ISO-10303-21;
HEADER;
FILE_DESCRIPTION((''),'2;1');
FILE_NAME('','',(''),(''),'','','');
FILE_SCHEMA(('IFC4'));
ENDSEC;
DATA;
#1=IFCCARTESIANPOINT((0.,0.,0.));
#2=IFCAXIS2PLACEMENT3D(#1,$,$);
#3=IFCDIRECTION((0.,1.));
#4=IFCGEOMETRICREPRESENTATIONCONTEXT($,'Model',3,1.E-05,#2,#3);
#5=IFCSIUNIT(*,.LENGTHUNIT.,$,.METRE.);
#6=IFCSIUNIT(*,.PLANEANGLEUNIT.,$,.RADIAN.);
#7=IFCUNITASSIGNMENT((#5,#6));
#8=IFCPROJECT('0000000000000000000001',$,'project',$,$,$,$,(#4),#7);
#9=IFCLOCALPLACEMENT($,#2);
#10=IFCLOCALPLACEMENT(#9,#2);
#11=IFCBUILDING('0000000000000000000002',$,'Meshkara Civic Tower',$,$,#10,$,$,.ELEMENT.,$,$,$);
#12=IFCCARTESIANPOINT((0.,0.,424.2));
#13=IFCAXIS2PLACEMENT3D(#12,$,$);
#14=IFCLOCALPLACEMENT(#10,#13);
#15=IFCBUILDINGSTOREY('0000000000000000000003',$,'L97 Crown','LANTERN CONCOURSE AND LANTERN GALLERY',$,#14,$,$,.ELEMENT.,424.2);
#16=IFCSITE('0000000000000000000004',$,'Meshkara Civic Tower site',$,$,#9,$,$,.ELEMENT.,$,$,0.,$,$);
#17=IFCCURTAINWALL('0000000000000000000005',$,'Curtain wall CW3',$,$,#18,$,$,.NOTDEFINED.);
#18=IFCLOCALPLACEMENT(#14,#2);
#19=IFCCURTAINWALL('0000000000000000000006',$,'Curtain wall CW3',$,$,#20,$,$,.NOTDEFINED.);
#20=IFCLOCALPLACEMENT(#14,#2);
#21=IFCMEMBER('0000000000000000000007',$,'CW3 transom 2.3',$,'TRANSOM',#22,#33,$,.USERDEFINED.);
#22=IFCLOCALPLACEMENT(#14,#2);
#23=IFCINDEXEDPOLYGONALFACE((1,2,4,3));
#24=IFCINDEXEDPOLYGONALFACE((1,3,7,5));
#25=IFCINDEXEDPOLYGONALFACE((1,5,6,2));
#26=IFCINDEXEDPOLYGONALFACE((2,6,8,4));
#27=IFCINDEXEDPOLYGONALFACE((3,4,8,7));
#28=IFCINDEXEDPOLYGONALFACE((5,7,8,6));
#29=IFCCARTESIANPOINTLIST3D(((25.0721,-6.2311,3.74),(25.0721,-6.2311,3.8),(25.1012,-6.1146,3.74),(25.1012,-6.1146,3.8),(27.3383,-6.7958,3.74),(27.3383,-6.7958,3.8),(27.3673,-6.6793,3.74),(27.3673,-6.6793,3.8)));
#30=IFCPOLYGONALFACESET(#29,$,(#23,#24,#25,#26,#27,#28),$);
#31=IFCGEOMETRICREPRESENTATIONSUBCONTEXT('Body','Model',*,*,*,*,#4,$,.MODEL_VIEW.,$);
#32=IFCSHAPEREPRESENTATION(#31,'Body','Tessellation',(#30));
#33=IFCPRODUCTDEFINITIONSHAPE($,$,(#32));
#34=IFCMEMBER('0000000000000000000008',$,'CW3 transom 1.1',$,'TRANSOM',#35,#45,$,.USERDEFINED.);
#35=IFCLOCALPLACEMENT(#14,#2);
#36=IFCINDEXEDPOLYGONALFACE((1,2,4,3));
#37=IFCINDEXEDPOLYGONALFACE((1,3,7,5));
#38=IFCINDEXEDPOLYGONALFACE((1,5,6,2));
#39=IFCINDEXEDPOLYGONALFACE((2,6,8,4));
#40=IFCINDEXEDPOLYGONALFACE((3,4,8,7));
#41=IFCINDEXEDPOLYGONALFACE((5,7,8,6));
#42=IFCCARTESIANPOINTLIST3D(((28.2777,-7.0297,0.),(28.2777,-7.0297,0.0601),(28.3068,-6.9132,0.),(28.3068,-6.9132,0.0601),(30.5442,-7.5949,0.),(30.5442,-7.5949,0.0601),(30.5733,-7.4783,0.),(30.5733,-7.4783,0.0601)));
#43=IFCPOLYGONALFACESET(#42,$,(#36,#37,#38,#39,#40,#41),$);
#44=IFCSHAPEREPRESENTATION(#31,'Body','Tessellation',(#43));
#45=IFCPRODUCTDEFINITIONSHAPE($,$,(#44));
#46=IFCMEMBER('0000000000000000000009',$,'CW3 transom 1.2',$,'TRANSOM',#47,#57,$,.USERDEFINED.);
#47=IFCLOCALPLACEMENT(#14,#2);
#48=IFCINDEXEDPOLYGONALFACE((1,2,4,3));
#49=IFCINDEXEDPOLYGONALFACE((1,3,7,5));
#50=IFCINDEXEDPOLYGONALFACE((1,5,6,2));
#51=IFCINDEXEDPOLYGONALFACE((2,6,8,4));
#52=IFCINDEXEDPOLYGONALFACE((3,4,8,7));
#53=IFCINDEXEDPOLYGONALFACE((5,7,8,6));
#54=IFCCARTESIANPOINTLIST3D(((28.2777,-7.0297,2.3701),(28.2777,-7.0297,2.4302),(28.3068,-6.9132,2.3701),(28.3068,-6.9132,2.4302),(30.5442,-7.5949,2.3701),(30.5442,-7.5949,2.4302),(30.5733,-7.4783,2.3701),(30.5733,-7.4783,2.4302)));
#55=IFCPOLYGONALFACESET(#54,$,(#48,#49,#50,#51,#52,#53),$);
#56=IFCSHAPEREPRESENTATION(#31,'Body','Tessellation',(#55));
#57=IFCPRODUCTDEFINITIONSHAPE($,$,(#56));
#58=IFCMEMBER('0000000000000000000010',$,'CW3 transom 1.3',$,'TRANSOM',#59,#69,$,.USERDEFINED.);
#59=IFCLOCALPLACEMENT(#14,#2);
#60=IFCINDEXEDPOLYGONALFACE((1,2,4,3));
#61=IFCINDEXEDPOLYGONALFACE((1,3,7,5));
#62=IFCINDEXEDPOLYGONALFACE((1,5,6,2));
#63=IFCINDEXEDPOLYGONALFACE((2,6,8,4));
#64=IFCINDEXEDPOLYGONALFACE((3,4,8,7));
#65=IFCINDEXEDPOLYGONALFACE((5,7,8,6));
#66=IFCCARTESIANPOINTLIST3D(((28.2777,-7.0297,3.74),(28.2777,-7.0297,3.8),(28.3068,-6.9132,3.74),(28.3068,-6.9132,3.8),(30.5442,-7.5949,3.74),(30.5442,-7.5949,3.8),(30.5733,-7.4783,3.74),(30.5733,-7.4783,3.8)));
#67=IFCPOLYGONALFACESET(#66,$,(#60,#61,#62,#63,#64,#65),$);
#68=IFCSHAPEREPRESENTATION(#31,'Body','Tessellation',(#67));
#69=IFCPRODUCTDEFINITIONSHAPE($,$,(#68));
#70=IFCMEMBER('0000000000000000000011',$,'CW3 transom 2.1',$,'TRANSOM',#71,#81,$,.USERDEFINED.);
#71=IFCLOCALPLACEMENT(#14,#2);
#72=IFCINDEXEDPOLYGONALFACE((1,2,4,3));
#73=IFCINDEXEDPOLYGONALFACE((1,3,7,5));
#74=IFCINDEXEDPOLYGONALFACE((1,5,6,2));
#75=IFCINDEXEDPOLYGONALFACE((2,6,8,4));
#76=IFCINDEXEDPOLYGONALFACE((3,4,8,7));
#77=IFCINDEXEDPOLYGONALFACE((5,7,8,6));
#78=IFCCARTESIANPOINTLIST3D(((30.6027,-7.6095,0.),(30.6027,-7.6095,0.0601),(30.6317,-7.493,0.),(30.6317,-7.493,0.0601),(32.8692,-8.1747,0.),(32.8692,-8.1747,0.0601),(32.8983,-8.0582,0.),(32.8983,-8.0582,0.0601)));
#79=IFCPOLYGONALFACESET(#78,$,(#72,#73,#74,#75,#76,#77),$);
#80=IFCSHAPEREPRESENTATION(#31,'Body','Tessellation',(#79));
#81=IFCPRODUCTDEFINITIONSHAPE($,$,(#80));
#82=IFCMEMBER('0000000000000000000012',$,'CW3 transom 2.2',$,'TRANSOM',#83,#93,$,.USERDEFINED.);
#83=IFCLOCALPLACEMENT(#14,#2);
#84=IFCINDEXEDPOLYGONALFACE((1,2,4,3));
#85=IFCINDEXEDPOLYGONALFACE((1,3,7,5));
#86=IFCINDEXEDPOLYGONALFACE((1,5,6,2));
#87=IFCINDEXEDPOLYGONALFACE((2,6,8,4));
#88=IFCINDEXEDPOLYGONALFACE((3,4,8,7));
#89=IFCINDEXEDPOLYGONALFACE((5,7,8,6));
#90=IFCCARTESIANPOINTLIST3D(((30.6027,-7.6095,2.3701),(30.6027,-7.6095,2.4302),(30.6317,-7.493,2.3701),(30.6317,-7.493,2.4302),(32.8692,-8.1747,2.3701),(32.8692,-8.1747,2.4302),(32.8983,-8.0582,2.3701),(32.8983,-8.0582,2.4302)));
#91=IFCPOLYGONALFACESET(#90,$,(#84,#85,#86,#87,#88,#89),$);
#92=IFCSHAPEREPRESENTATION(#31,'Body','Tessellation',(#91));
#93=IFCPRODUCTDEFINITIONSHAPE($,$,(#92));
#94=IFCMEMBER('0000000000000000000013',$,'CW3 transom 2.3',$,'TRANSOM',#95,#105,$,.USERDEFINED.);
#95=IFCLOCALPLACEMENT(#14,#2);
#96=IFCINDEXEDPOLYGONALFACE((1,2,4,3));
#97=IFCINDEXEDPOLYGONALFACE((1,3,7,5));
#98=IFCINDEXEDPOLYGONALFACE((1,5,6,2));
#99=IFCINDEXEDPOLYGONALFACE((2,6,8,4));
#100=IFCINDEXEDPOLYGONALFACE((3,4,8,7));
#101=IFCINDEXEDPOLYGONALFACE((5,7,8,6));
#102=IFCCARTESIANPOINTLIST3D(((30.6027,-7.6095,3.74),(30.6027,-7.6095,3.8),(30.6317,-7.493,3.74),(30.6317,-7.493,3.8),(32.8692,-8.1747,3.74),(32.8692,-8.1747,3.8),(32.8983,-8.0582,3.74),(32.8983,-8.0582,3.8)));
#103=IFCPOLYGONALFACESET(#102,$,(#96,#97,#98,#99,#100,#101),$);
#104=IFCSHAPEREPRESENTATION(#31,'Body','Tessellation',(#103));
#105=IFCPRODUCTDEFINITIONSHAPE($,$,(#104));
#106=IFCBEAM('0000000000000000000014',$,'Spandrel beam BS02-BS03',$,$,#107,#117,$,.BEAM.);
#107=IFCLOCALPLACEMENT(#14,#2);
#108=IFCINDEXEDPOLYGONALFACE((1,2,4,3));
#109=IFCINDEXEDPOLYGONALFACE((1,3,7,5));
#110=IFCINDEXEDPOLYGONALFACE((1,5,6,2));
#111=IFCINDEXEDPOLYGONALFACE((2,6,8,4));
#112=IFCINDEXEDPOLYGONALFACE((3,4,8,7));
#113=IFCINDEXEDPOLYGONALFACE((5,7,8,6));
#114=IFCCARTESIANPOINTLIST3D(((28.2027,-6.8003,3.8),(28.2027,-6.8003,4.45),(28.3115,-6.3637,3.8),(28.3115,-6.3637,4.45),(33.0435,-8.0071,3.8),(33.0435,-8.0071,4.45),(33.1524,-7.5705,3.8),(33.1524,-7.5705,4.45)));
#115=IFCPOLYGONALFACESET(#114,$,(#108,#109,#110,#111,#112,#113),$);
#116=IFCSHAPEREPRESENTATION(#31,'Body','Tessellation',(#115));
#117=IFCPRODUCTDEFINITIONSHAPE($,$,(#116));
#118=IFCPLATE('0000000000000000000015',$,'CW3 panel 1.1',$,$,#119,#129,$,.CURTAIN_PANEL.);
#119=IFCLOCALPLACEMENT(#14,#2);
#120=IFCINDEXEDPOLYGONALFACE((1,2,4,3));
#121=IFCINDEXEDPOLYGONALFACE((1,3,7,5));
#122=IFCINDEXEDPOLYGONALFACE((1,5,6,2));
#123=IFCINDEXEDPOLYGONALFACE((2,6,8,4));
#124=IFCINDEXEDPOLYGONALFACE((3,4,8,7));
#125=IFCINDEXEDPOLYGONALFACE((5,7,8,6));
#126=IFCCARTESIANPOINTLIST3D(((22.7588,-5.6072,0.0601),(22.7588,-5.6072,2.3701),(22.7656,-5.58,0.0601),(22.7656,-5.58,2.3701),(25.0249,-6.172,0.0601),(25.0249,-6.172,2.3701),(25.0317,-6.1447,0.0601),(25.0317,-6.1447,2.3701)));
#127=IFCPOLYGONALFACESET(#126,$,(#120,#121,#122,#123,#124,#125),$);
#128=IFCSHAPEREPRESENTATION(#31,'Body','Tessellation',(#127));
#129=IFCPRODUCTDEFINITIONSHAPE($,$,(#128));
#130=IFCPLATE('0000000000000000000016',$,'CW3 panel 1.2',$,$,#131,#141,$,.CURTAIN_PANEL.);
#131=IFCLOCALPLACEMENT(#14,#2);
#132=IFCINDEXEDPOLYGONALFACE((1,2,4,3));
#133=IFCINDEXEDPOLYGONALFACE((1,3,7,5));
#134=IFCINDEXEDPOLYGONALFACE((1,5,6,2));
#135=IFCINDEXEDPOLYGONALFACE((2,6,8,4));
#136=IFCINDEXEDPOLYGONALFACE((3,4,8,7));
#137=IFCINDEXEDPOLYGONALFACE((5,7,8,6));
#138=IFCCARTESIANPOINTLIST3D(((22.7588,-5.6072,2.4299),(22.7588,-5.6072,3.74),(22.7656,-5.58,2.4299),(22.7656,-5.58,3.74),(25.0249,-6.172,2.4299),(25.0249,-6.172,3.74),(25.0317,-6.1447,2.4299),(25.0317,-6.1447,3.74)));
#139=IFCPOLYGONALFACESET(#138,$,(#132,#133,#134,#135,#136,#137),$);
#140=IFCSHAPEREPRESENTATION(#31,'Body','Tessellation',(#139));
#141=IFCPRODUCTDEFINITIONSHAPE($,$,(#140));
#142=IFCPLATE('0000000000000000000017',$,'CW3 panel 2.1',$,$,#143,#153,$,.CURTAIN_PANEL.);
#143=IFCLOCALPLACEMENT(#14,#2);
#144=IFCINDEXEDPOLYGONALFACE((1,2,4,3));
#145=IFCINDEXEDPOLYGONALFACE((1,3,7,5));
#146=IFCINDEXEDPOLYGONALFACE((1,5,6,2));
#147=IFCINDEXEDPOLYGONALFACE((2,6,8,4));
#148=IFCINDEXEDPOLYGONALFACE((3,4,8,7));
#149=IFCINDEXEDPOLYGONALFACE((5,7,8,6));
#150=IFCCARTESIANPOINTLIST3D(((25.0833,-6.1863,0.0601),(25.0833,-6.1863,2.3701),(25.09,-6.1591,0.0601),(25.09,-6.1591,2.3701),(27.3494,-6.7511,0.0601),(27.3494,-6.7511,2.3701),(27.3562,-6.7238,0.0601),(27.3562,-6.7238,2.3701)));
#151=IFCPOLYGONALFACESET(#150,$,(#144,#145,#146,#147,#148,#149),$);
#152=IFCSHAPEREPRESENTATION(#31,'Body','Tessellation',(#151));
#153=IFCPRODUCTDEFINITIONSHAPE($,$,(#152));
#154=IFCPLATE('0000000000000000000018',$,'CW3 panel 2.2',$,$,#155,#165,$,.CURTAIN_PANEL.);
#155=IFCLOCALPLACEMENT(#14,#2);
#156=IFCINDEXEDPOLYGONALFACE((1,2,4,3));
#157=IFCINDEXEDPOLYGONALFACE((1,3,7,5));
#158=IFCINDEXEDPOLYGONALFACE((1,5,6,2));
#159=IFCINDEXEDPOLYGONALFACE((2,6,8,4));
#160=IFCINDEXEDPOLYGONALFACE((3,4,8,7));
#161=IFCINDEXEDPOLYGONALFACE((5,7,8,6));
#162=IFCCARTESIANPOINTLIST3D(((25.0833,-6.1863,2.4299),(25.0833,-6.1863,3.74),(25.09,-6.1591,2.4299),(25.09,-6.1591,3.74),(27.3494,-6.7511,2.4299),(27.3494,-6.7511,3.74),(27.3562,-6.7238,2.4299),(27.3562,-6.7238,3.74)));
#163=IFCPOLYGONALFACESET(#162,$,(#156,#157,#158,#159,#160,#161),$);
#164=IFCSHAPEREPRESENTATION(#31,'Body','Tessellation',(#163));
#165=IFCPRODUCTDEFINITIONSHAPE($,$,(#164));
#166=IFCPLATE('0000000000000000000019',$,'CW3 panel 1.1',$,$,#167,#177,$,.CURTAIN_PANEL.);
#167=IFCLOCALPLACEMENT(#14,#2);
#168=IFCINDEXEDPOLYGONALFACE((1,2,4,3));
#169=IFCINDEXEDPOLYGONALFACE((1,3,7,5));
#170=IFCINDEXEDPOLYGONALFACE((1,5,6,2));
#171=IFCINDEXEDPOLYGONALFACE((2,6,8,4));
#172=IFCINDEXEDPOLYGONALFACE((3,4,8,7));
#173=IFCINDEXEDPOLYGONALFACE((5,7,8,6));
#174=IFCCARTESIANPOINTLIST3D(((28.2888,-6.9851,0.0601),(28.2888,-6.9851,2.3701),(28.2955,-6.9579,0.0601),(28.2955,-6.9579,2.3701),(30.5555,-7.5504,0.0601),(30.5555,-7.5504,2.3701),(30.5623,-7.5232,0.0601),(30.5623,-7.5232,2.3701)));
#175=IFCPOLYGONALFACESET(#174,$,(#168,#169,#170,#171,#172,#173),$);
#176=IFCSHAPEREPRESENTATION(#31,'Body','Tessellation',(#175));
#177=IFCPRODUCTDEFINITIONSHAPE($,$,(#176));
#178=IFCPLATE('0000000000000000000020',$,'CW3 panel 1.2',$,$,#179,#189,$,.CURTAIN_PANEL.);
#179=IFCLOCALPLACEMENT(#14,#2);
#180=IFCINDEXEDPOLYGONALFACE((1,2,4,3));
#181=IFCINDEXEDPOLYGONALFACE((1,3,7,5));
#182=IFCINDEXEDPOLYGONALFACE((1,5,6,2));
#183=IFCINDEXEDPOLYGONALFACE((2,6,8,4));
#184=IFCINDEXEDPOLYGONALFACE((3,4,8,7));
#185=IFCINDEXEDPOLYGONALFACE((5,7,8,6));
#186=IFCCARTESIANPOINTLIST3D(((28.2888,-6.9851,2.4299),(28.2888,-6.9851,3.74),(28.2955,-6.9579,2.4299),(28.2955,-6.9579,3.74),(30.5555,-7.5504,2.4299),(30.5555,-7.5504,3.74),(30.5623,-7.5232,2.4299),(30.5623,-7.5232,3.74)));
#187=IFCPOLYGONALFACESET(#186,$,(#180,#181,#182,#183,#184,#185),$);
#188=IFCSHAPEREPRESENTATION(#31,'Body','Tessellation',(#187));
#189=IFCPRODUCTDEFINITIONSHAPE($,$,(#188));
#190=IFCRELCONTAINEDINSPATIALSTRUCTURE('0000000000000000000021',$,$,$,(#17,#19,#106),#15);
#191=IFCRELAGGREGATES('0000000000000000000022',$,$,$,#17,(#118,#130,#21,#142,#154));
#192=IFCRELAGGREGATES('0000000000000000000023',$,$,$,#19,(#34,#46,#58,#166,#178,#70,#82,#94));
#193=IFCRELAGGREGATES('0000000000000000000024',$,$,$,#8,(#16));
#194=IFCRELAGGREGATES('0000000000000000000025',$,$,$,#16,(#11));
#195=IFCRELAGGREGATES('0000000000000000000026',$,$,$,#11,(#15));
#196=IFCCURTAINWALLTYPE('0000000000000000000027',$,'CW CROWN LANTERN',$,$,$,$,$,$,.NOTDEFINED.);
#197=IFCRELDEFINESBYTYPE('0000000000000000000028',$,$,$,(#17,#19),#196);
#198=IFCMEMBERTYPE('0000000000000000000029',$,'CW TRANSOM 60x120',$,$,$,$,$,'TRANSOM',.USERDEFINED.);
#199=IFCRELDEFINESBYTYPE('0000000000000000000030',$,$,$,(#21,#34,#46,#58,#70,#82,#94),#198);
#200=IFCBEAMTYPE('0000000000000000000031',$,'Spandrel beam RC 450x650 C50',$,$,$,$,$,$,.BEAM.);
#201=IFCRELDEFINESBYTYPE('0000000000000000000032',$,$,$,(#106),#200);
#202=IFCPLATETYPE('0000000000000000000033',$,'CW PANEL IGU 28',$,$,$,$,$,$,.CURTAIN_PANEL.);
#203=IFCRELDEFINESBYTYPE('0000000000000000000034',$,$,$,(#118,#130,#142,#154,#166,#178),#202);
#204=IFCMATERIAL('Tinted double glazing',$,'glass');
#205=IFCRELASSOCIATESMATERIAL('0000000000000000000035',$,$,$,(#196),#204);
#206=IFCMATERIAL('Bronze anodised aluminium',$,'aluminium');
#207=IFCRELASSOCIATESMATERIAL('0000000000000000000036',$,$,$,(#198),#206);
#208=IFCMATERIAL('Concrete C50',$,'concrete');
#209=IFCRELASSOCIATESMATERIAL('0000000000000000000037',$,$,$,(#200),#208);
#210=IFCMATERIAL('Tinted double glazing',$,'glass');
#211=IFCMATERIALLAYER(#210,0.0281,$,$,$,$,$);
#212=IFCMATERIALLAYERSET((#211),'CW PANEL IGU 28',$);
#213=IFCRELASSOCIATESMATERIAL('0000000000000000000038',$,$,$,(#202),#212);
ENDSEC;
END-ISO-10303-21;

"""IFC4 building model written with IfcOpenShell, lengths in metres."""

from ifc_helpers import new_model, si_unit, direction, frame, origin, origin_2d, place, context, subcontext, project, spatial, rectangle, extrude, material, layer, layer_set, material_profile, profile_set, type_object, element, aggregate, save


model = new_model("IFC4")

# Units and contexts
model_context = context("Model", 3, precision=1e-05, world=origin(), true_north=direction((0.0, 1.0)))
body_context = subcontext(model_context, "Body", "Model", "MODEL_VIEW")
ifc_project = project(units=[si_unit("LENGTHUNIT", "METRE"), si_unit("PLANEANGLEUNIT", "RADIAN")], contexts=[model_context])

# Site, building, storey
site_placement = place(None, origin())
site = spatial("IfcSite", under=ifc_project, at=site_placement, Name="Meshkara Civic Tower site", CompositionType="ELEMENT", RefElevation=0.0)
building_placement = place(site_placement, origin())
building = spatial("IfcBuilding", under=site, at=building_placement, Name="Meshkara Civic Tower", CompositionType="ELEMENT")
storey_placement = place(building_placement, frame((0.0, 0.0, 424.2)))
storey = spatial("IfcBuildingStorey", under=building, at=storey_placement, Name="L97 Crown", Description="LANTERN CONCOURSE AND LANTERN GALLERY", CompositionType="ELEMENT", Elevation=424.2)

# Curtain walls
ifc_material_1 = material(Name="Tinted double glazing", Category="glass")
curtain_wall_type = type_object("IfcCurtainWallType", Name="CW CROWN LANTERN", PredefinedType="NOTDEFINED", material=ifc_material_1)
curtain_wall_1_placement = place(storey_placement, origin())
curtain_wall_1 = element("IfcCurtainWall", 1, at=curtain_wall_1_placement, inside=storey, type_object=curtain_wall_type, Name="Curtain wall CW3", PredefinedType="NOTDEFINED")
curtain_wall_2_placement = place(storey_placement, origin())
curtain_wall_2 = element("IfcCurtainWall", 2, at=curtain_wall_2_placement, inside=storey, type_object=curtain_wall_type, Name="Curtain wall CW3", PredefinedType="NOTDEFINED")

# Members
ifc_material_2 = material(Name="Bronze anodised aluminium", Category="aluminium")
ifc_material_profile_1 = material_profile(ifc_material_2, rectangle(XDim=0.1201, YDim=0.0601, at=origin_2d()))
ifc_profile_set_1 = profile_set([ifc_material_profile_1], Name="Bronze anodised aluminium")
member_type_1 = type_object("IfcMemberType", Name="CW TRANSOM 60x120", ElementType="TRANSOM", PredefinedType="USERDEFINED", material=ifc_profile_set_1)
member_1_placement = place(storey_placement, frame((25.0867, -6.1729, 3.77), z_axis=(0.970327, -0.241798, 0.0), x_axis=(0.241798, 0.970327, 0.0)))
member_1 = element("IfcMember", 3, at=member_1_placement, type_object=member_type_1, Name="CW3 transom 2.3", ObjectType="TRANSOM", PredefinedType="USERDEFINED", context=body_context, shape_type="SweptSolid", body=[
    extrude(rectangle(XDim=0.1201, YDim=0.0601, at=origin_2d()), origin(), (0.0, 0.0, 1.0), 2.3354),
])
member_2_placement = place(storey_placement, frame((28.2922, -6.9714, 0.03), z_axis=(0.97029, -0.241945, 0.0), x_axis=(0.241945, 0.97029, 0.0)))
member_2 = element("IfcMember", 4, at=member_2_placement, type_object=member_type_1, Name="CW3 transom 1.1", ObjectType="TRANSOM", PredefinedType="USERDEFINED", context=body_context, shape_type="SweptSolid", body=[
    extrude(rectangle(XDim=0.1201, YDim=0.0601, at=origin_2d()), origin(), (0.0, 0.0, 1.0), 2.3359),
])
member_3_placement = place(storey_placement, frame((28.2922, -6.9714, 2.4001), z_axis=(0.97029, -0.241945, 0.0), x_axis=(0.241945, 0.97029, 0.0)))
member_3 = element("IfcMember", 5, at=member_3_placement, type_object=member_type_1, Name="CW3 transom 1.2", ObjectType="TRANSOM", PredefinedType="USERDEFINED", context=body_context, shape_type="SweptSolid", body=[
    extrude(rectangle(XDim=0.1201, YDim=0.0601, at=origin_2d()), origin(), (0.0, 0.0, 1.0), 2.3359),
])
member_4_placement = place(storey_placement, frame((28.2922, -6.9714, 3.77), z_axis=(0.97029, -0.241945, 0.0), x_axis=(0.241945, 0.97029, 0.0)))
member_4 = element("IfcMember", 6, at=member_4_placement, type_object=member_type_1, Name="CW3 transom 1.3", ObjectType="TRANSOM", PredefinedType="USERDEFINED", context=body_context, shape_type="SweptSolid", body=[
    extrude(rectangle(XDim=0.1201, YDim=0.0601, at=origin_2d()), origin(), (0.0, 0.0, 1.0), 2.3359),
])
member_5_placement = place(storey_placement, frame((30.6172, -7.5513, 0.03), z_axis=(0.97029, -0.241945, 0.0), x_axis=(0.241945, 0.97029, 0.0)))
member_5 = element("IfcMember", 7, at=member_5_placement, type_object=member_type_1, Name="CW3 transom 2.1", ObjectType="TRANSOM", PredefinedType="USERDEFINED", context=body_context, shape_type="SweptSolid", body=[
    extrude(rectangle(XDim=0.1201, YDim=0.0601, at=origin_2d()), origin(), (0.0, 0.0, 1.0), 2.3359),
])
member_6_placement = place(storey_placement, frame((30.6172, -7.5513, 2.4001), z_axis=(0.97029, -0.241945, 0.0), x_axis=(0.241945, 0.97029, 0.0)))
member_6 = element("IfcMember", 8, at=member_6_placement, type_object=member_type_1, Name="CW3 transom 2.2", ObjectType="TRANSOM", PredefinedType="USERDEFINED", context=body_context, shape_type="SweptSolid", body=[
    extrude(rectangle(XDim=0.1201, YDim=0.0601, at=origin_2d()), origin(), (0.0, 0.0, 1.0), 2.3359),
])
member_7_placement = place(storey_placement, frame((30.6172, -7.5513, 3.77), z_axis=(0.97029, -0.241945, 0.0), x_axis=(0.241945, 0.97029, 0.0)))
member_7 = element("IfcMember", 9, at=member_7_placement, type_object=member_type_1, Name="CW3 transom 2.3", ObjectType="TRANSOM", PredefinedType="USERDEFINED", context=body_context, shape_type="SweptSolid", body=[
    extrude(rectangle(XDim=0.1201, YDim=0.0601, at=origin_2d()), origin(), (0.0, 0.0, 1.0), 2.3359),
])

# Beam
ifc_material_3 = material(Name="Concrete C50", Category="concrete")
ifc_material_profile_2 = material_profile(ifc_material_3, rectangle(XDim=0.45, YDim=0.6499, at=origin_2d()))
ifc_profile_set_2 = profile_set([ifc_material_profile_2], Name="Concrete C50")
beam_type = type_object("IfcBeamType", Name="Spandrel beam RC 450x650 C50", PredefinedType="BEAM", material=ifc_profile_set_2)
beam_placement = place(storey_placement, frame((28.2571, -6.582, 4.125), z_axis=(0.970303, -0.241891, 0.0), x_axis=(0.241891, 0.970303, 0.0)))
element("IfcBeam", 10, at=beam_placement, inside=storey, type_object=beam_type, Name="Spandrel beam BS02-BS03", PredefinedType="BEAM", context=body_context, shape_type="SweptSolid", body=[
    extrude(rectangle(XDim=0.45, YDim=0.6499, at=origin_2d()), origin(), (0.0, 0.0, 1.0), 4.989),
])

# Plates
ifc_material_4 = material(Name="Tinted double glazing", Category="glass")
ifc_layer_1 = layer(ifc_material_4, 0.0281)
ifc_layer_set_1 = layer_set([ifc_layer_1], Name="CW PANEL IGU 28")
plate_type = type_object("IfcPlateType", Name="CW PANEL IGU 28", PredefinedType="CURTAIN_PANEL", material=ifc_layer_set_1)
plate_1_placement = place(storey_placement, frame((23.8953, -5.876, 0.0601), z_axis=(0.0, 0.0, 1.0), x_axis=(0.970324, -0.241808, 0.0)))
plate_1 = element("IfcPlate", 11, at=plate_1_placement, type_object=plate_type, Name="CW3 panel 1.1", PredefinedType="CURTAIN_PANEL", context=body_context, shape_type="SweptSolid", body=[
    extrude(rectangle(XDim=2.3354, YDim=0.0281, at=origin_2d()), origin(), (0.0, 0.0, 1.0), 2.3101),
])
plate_2_placement = place(storey_placement, frame((23.8953, -5.876, 2.4299), z_axis=(0.0, 0.0, 1.0), x_axis=(0.970324, -0.241808, 0.0)))
plate_2 = element("IfcPlate", 12, at=plate_2_placement, type_object=plate_type, Name="CW3 panel 1.2", PredefinedType="CURTAIN_PANEL", context=body_context, shape_type="SweptSolid", body=[
    extrude(rectangle(XDim=2.3354, YDim=0.0281, at=origin_2d()), origin(), (0.0, 0.0, 1.0), 1.3101),
])
plate_3_placement = place(storey_placement, frame((26.2197, -6.4551, 0.0601), z_axis=(0.0, 0.0, 1.0), x_axis=(0.970324, -0.241808, 0.0)))
plate_3 = element("IfcPlate", 13, at=plate_3_placement, type_object=plate_type, Name="CW3 panel 2.1", PredefinedType="CURTAIN_PANEL", context=body_context, shape_type="SweptSolid", body=[
    extrude(rectangle(XDim=2.3354, YDim=0.0281, at=origin_2d()), origin(), (0.0, 0.0, 1.0), 2.3101),
])
plate_4_placement = place(storey_placement, frame((26.2197, -6.4551, 2.4299), z_axis=(0.0, 0.0, 1.0), x_axis=(0.970324, -0.241808, 0.0)))
plate_4 = element("IfcPlate", 14, at=plate_4_placement, type_object=plate_type, Name="CW3 panel 2.2", PredefinedType="CURTAIN_PANEL", context=body_context, shape_type="SweptSolid", body=[
    extrude(rectangle(XDim=2.3354, YDim=0.0281, at=origin_2d()), origin(), (0.0, 0.0, 1.0), 1.3101),
])
aggregate(curtain_wall_1, [plate_1, plate_2, member_1, plate_3, plate_4])
plate_5_placement = place(storey_placement, frame((29.4255, -7.2542, 0.0601), z_axis=(0.0, 0.0, 1.0), x_axis=(0.970288, -0.241954, 0.0)))
plate_5 = element("IfcPlate", 15, at=plate_5_placement, type_object=plate_type, Name="CW3 panel 1.1", PredefinedType="CURTAIN_PANEL", context=body_context, shape_type="SweptSolid", body=[
    extrude(rectangle(XDim=2.3362, YDim=0.0281, at=origin_2d()), origin(), (0.0, 0.0, 1.0), 2.3101),
])
plate_6_placement = place(storey_placement, frame((29.4255, -7.2542, 2.4299), z_axis=(0.0, 0.0, 1.0), x_axis=(0.970288, -0.241954, 0.0)))
plate_6 = element("IfcPlate", 16, at=plate_6_placement, type_object=plate_type, Name="CW3 panel 1.2", PredefinedType="CURTAIN_PANEL", context=body_context, shape_type="SweptSolid", body=[
    extrude(rectangle(XDim=2.3362, YDim=0.0281, at=origin_2d()), origin(), (0.0, 0.0, 1.0), 1.3101),
])
aggregate(curtain_wall_2, [member_2, member_3, member_4, plate_5, plate_6, member_5, member_6, member_7])

save(model, "model.ifc")
